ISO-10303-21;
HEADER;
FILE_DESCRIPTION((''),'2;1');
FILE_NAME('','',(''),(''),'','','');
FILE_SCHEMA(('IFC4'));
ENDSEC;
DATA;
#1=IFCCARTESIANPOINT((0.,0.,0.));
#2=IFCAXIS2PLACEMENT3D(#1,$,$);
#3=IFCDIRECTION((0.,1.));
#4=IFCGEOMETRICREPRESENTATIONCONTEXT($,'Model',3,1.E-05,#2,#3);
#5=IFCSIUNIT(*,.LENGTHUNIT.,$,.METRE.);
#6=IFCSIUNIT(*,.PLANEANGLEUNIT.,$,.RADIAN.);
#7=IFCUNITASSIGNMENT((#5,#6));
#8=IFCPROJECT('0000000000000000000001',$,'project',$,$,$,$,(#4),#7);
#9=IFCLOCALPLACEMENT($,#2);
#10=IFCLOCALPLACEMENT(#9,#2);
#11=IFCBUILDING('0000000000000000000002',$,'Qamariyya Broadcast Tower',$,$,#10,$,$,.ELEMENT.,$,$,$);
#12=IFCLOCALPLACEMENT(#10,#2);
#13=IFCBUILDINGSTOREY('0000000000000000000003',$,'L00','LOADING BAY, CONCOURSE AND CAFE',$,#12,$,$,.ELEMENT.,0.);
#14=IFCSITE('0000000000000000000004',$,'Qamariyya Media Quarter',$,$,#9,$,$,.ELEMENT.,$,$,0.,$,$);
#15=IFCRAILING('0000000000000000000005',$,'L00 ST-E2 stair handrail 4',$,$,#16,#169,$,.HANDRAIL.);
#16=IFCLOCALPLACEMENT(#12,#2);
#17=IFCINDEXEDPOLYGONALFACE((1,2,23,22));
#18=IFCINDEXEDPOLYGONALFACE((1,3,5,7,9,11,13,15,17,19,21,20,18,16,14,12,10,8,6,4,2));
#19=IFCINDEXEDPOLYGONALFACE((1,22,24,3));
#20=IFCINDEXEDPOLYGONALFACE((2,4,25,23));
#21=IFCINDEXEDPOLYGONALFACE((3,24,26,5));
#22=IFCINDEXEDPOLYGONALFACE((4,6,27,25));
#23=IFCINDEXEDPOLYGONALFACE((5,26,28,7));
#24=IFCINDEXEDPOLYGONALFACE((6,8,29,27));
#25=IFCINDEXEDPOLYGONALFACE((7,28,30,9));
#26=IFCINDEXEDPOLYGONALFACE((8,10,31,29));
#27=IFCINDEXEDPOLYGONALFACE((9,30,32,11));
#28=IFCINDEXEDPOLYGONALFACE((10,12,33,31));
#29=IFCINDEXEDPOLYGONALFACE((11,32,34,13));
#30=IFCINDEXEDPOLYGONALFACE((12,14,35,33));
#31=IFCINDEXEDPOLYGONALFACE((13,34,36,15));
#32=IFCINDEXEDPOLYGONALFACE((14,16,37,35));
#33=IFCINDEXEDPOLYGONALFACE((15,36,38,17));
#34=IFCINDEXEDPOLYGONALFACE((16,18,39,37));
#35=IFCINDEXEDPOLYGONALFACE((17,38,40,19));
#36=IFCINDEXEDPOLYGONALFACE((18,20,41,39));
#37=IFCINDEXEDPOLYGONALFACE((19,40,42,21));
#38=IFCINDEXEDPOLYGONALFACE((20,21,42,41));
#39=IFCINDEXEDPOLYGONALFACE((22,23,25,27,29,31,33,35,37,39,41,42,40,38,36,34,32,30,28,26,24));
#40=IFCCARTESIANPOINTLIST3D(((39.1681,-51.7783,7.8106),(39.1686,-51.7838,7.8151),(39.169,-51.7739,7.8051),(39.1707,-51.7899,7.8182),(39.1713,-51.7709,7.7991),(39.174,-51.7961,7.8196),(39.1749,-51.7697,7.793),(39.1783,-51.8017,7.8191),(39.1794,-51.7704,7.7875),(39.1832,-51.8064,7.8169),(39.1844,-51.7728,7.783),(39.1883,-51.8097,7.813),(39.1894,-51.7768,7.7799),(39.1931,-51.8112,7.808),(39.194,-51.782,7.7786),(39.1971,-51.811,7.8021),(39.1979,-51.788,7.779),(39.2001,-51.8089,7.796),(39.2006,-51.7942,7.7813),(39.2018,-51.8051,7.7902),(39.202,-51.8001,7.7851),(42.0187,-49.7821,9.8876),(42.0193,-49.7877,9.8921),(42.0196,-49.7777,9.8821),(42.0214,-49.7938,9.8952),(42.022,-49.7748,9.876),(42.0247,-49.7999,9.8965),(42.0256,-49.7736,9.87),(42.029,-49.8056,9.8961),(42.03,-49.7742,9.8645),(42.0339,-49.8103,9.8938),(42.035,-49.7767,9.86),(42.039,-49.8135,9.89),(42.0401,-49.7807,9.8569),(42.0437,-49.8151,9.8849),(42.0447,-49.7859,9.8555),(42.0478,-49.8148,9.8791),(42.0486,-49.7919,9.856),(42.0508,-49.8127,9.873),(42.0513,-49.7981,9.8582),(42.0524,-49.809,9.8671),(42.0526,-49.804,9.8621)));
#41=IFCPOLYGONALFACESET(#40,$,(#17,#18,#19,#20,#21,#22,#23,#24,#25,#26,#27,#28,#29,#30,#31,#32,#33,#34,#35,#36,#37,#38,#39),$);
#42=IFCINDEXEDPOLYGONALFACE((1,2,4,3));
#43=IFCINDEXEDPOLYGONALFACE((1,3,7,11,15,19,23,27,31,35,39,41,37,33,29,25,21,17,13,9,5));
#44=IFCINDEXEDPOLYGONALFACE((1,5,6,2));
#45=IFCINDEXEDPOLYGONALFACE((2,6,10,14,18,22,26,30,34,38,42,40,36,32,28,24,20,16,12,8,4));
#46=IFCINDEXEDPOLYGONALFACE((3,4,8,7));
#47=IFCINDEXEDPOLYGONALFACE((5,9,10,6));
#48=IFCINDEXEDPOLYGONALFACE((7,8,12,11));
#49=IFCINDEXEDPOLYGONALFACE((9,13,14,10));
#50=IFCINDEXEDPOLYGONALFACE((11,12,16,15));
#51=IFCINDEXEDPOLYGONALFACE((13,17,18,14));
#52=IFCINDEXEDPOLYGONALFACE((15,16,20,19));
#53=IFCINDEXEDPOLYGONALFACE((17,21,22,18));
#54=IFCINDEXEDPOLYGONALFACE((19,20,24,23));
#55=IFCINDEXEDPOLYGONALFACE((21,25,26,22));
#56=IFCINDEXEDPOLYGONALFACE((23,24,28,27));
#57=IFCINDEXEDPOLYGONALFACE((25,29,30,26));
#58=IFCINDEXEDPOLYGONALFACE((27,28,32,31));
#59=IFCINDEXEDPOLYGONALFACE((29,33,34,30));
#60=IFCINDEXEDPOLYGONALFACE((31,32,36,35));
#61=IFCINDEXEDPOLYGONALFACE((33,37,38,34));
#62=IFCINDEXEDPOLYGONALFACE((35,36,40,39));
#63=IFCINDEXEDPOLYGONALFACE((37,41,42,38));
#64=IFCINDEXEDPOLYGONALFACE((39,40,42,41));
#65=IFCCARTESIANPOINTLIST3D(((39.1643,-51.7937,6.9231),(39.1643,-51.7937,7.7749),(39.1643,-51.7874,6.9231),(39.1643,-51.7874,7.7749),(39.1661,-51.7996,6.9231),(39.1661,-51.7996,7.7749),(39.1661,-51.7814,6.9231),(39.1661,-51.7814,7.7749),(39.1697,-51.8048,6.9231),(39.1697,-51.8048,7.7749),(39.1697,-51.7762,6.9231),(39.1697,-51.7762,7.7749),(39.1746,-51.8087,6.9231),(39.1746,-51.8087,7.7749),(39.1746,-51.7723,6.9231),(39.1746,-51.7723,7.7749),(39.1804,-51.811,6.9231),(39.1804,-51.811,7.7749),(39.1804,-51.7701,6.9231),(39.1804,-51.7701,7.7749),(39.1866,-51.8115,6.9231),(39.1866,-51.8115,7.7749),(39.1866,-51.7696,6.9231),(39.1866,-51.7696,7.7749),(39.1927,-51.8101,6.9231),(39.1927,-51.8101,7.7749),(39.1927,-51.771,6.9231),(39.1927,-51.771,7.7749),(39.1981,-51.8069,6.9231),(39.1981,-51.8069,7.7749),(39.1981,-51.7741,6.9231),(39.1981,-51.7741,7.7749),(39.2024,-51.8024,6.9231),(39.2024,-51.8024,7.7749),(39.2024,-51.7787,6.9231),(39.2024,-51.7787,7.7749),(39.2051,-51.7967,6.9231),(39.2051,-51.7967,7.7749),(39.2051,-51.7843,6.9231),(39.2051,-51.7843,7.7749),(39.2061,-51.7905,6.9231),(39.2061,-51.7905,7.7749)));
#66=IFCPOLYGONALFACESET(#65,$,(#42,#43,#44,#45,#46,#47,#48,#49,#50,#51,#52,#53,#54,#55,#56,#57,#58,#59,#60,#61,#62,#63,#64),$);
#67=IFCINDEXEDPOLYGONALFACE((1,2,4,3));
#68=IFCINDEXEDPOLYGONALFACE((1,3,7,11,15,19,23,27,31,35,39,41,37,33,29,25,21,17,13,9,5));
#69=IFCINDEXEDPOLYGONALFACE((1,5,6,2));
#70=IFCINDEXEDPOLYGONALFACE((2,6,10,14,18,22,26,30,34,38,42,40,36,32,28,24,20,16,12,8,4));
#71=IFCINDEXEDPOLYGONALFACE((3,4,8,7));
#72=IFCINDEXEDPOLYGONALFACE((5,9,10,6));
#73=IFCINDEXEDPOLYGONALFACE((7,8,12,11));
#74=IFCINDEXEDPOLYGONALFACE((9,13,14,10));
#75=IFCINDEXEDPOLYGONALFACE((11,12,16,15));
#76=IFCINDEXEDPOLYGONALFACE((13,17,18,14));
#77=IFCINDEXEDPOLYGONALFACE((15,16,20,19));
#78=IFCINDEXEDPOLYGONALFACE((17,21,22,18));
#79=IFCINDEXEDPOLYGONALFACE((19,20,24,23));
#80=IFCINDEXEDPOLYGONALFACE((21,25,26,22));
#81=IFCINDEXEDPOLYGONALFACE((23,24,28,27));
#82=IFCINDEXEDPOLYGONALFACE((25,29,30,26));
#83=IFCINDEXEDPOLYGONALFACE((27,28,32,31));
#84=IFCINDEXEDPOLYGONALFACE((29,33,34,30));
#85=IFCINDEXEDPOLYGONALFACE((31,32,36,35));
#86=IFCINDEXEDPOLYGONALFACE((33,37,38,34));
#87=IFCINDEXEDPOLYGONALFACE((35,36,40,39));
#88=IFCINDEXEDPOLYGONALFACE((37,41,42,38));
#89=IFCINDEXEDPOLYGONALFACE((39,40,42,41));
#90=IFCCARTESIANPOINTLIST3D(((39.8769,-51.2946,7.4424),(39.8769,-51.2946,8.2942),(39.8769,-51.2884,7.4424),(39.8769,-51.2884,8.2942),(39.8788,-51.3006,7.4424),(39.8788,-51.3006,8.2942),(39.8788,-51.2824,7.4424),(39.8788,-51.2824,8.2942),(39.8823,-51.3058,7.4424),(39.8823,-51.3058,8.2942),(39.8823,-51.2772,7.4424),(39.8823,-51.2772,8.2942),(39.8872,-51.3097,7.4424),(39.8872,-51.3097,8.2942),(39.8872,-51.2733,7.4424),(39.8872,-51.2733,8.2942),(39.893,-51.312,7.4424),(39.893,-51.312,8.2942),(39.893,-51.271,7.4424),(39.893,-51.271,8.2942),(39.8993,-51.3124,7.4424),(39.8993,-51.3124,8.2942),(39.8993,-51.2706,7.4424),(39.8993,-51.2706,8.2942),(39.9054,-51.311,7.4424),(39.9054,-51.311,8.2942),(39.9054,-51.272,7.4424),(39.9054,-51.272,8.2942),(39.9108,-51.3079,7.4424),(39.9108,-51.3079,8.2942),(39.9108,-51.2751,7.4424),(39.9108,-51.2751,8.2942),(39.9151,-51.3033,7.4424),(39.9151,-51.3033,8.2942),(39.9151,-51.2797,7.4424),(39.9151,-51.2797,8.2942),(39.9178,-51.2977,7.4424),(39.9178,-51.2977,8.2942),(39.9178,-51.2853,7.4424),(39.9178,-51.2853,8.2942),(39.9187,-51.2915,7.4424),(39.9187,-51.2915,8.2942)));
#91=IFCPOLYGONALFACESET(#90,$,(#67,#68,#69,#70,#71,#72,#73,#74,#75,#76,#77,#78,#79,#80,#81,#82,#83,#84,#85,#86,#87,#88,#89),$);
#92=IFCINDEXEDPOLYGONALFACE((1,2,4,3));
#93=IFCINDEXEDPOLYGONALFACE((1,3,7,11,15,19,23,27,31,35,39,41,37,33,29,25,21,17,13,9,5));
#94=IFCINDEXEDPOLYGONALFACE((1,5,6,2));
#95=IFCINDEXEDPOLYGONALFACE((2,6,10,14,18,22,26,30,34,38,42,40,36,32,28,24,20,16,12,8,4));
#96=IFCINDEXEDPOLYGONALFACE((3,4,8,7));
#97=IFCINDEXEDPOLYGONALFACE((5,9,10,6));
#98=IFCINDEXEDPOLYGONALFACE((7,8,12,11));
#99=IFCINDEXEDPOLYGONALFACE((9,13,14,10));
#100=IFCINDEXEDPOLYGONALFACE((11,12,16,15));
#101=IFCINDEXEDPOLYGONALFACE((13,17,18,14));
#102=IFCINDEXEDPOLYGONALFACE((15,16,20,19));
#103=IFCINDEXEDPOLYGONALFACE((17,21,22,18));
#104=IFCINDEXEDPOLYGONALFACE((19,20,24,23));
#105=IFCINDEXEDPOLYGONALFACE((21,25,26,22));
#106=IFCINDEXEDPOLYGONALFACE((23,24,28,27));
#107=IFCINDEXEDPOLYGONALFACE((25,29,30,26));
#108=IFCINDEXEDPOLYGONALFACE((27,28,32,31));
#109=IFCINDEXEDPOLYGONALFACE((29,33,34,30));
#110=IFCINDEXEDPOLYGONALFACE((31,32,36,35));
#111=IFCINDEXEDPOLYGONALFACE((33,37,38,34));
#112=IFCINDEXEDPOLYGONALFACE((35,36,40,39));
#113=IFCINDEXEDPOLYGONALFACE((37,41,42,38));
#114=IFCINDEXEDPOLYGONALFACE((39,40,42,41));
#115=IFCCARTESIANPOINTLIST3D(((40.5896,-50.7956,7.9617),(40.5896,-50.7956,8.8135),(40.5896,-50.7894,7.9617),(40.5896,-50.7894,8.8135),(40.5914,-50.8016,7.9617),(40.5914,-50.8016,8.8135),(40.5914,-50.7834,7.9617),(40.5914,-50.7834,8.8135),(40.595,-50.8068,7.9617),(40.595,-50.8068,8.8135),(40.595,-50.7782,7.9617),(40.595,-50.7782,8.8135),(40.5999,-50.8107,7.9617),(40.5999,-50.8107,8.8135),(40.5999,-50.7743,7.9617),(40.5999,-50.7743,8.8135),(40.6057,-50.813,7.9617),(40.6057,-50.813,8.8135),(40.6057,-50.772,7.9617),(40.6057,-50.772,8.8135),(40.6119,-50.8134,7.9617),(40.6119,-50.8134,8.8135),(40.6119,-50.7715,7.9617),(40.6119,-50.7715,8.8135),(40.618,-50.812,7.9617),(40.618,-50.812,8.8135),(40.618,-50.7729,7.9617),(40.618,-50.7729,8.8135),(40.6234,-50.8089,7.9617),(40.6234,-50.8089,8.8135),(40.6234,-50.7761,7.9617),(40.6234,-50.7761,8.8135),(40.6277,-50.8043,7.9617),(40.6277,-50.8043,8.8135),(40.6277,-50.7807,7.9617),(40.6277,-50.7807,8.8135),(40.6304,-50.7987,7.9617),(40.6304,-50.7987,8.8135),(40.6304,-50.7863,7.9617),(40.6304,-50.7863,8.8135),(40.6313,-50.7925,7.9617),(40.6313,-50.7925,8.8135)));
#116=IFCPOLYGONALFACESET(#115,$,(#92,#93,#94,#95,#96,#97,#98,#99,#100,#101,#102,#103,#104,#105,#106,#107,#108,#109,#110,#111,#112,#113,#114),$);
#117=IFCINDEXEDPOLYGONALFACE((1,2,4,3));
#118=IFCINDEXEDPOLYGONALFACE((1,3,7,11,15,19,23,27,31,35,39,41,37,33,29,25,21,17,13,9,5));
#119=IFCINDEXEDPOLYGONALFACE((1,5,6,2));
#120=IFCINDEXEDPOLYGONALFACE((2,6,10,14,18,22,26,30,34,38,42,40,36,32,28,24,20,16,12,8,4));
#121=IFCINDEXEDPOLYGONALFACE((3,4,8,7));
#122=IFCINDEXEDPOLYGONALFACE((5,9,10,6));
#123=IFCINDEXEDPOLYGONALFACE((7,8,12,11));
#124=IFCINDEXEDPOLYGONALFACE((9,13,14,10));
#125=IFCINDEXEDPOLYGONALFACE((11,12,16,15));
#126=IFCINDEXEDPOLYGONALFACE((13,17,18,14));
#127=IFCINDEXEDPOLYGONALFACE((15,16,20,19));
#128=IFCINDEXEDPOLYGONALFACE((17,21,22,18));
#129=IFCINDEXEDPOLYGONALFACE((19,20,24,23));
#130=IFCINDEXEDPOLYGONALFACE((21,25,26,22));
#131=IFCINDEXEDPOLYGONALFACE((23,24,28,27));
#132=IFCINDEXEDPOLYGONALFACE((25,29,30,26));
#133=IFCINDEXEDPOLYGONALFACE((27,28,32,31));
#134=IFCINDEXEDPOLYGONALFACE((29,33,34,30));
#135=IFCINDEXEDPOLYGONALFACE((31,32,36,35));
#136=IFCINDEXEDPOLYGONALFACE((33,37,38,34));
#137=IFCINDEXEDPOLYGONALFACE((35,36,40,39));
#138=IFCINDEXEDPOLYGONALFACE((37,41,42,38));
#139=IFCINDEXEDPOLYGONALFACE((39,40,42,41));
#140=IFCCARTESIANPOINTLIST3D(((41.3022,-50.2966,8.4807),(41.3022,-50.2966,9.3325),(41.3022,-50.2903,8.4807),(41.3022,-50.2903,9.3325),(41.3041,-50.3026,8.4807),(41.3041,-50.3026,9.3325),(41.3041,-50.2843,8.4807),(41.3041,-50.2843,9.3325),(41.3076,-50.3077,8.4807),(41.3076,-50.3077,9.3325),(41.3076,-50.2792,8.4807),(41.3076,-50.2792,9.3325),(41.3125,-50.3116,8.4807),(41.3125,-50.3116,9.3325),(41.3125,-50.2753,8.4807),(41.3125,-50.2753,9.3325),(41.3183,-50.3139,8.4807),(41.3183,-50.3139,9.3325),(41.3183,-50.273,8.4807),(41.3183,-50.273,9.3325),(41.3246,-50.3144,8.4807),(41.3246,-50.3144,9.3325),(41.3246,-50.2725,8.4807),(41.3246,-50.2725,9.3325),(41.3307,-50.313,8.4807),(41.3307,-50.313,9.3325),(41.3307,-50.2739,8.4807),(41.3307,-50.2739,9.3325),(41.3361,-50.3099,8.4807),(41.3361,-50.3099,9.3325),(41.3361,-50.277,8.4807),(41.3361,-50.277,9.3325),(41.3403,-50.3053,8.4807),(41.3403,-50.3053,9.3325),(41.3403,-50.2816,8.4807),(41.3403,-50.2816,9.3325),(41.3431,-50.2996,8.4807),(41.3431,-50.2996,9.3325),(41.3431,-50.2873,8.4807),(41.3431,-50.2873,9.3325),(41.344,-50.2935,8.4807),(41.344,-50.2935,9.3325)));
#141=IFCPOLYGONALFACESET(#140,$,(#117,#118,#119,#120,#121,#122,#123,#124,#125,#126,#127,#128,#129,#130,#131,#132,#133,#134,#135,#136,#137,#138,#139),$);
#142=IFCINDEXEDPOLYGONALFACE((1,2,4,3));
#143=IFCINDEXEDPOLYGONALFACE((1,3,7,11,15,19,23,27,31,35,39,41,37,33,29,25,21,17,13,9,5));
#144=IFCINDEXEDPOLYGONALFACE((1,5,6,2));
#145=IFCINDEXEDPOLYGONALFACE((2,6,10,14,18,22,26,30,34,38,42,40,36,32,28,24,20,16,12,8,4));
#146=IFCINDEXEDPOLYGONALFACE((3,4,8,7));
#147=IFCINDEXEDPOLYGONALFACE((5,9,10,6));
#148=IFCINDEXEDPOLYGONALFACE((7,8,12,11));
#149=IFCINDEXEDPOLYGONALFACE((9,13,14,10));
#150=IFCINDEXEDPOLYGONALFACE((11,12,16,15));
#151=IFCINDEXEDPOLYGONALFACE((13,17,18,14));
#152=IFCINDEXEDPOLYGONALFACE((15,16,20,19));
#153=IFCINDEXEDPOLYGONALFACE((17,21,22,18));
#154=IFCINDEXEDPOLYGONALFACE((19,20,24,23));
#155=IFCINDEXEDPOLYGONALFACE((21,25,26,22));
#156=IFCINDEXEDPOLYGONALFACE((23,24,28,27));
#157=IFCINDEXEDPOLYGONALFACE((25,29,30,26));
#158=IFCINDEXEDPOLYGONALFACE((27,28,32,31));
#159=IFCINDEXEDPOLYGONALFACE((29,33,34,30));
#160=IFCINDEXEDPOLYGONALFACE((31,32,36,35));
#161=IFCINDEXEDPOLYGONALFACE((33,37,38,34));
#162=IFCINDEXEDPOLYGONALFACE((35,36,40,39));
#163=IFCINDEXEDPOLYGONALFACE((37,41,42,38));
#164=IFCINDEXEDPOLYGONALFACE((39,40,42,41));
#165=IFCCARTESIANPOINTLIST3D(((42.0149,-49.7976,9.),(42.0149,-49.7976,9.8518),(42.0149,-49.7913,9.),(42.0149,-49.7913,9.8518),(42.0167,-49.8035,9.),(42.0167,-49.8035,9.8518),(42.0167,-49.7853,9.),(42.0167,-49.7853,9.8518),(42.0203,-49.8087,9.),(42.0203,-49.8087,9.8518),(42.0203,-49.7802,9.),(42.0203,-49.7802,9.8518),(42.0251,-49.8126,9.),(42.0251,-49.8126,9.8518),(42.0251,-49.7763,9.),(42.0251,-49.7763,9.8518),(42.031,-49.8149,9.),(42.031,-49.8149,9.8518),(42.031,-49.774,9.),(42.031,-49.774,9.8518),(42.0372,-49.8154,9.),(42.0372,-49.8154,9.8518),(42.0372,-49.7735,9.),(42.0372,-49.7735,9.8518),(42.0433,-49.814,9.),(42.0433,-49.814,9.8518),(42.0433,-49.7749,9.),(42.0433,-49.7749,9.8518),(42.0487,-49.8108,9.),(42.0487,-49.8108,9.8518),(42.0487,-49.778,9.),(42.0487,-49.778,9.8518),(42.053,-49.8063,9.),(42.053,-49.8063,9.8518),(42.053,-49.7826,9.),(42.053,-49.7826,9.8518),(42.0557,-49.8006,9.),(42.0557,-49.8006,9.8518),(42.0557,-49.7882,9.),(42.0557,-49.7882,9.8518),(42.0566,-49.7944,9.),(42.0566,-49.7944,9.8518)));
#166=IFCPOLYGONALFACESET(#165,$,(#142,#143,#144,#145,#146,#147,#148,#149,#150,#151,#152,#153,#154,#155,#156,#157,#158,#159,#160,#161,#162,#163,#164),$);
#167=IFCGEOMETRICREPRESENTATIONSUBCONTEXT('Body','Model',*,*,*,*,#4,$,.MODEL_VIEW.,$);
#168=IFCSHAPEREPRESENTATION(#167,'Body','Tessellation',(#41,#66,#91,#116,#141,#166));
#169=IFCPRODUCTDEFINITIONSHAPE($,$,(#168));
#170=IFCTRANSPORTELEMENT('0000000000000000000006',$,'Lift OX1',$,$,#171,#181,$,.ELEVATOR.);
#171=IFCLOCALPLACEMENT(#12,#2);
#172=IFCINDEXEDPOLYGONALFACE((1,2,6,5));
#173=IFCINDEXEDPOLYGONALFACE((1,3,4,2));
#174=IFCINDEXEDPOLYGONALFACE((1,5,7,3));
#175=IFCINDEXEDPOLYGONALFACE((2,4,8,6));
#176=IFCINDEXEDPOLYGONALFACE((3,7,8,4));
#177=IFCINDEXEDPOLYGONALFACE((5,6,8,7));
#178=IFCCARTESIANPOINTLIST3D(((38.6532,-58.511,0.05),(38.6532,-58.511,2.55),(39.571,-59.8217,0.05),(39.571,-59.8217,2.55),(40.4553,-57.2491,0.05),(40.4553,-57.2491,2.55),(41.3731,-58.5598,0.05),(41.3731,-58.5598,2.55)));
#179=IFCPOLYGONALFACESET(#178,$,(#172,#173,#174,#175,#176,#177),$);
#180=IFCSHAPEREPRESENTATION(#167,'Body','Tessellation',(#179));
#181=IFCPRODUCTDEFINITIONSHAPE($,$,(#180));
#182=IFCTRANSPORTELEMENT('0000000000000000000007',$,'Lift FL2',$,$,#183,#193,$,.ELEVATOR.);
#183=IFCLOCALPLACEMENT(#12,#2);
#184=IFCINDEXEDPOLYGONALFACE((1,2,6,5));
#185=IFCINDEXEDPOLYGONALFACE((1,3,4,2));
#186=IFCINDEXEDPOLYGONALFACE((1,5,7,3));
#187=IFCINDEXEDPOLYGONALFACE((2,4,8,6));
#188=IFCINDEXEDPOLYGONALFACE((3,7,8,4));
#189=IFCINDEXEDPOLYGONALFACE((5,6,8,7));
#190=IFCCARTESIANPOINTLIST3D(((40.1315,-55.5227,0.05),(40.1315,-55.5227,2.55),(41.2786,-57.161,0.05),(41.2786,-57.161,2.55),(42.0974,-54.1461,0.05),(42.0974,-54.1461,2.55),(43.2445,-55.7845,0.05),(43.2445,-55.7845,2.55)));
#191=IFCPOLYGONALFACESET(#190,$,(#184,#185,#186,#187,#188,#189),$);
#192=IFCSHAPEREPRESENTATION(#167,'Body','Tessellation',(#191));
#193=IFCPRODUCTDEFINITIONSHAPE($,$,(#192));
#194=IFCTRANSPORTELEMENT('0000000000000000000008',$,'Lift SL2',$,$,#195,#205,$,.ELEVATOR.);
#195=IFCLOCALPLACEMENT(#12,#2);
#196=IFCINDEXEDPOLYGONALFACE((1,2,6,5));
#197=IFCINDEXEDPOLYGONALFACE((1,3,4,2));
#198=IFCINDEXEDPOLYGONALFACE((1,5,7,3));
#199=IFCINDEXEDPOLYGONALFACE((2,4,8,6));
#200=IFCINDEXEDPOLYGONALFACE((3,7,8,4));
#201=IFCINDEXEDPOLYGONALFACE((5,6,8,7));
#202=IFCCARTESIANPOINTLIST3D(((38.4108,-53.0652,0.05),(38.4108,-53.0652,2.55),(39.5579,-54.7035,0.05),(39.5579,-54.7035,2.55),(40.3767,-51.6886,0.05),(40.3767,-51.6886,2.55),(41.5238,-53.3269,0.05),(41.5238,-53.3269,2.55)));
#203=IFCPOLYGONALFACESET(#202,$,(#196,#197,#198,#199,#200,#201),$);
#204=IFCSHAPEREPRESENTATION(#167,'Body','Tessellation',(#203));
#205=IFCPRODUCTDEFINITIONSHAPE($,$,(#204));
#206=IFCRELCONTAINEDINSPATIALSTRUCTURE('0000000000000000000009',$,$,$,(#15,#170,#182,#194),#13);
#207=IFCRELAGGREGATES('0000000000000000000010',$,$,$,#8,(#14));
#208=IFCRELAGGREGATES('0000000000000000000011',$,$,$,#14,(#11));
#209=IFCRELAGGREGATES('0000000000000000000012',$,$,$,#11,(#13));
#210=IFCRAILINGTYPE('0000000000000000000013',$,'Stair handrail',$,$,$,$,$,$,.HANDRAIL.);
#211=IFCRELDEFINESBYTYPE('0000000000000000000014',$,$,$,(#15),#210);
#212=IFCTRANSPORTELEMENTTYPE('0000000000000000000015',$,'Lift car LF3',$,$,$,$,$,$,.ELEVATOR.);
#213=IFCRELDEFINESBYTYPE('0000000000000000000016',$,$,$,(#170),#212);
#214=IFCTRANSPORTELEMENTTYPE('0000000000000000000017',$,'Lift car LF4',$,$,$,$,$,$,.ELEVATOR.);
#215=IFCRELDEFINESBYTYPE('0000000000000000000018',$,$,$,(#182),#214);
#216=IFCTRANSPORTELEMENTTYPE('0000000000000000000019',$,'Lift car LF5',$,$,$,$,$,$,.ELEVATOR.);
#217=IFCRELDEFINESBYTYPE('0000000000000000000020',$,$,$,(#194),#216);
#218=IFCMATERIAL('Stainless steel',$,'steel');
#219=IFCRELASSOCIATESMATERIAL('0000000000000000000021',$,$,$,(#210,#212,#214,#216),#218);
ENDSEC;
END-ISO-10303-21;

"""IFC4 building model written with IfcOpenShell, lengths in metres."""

from ifc_helpers import new_model, si_unit, direction, frame, origin, origin_2d, place, context, subcontext, project, spatial, rectangle, circle, extrude, material, type_object, element, save


model = new_model("IFC4")

# Units and contexts
model_context = context("Model", 3, precision=1e-05, world=origin(), true_north=direction((0.0, 1.0)))
body_context = subcontext(model_context, "Body", "Model", "MODEL_VIEW")
ifc_project = project(units=[si_unit("LENGTHUNIT", "METRE"), si_unit("PLANEANGLEUNIT", "RADIAN")], contexts=[model_context])

# Site, building, storey
site_placement = place(None, origin())
site = spatial("IfcSite", under=ifc_project, at=site_placement, Name="Qamariyya Media Quarter", CompositionType="ELEMENT", RefElevation=0.0)
building_placement = place(site_placement, origin())
building = spatial("IfcBuilding", under=site, at=building_placement, Name="Qamariyya Broadcast Tower", CompositionType="ELEMENT")
storey_placement = place(building_placement, origin())
storey = spatial("IfcBuildingStorey", under=building, at=storey_placement, Name="L00", Description="LOADING BAY, CONCOURSE AND CAFE", CompositionType="ELEMENT", Elevation=0.0)

# Railing
ifc_material_1 = material(Name="Stainless steel", Category="steel")
railing_type_1 = type_object("IfcRailingType", Name="Stair handrail", PredefinedType="HANDRAIL", material=ifc_material_1)
for number, where, name in (
    (1, (39.1851, -51.7905, 6.9231), "L00 ST-E2 stair handrail 4"),
):
    element("IfcRailing", number, at=place(storey_placement, frame(where)), inside=storey, type_object=railing_type_1, Name=name, PredefinedType="HANDRAIL", context=body_context, shape_type="SweptSolid", body=[
        extrude(circle(Radius=0.0239, at=origin_2d()), frame((0.0, 0.0, 0.876), z_axis=(0.703393, 0.492544, 0.512484), x_axis=(-0.573594, 0.81914, 0.0)), (0.0, 0.0, 1.0), 4.0527),
        extrude(circle(Radius=0.021, at=origin_2d()), origin(), (0.0, 0.0, 1.0), 0.8518),
        extrude(circle(Radius=0.021, at=origin_2d()), frame((0.7126, 0.499, 0.5193)), (0.0, 0.0, 1.0), 0.8518),
        extrude(circle(Radius=0.021, at=origin_2d()), frame((1.4253, 0.998, 1.0386)), (0.0, 0.0, 1.0), 0.8518),
        extrude(circle(Radius=0.021, at=origin_2d()), frame((2.1379, 1.4971, 1.5576)), (0.0, 0.0, 1.0), 0.8518),
        extrude(circle(Radius=0.021, at=origin_2d()), frame((2.8506, 1.9961, 2.0769)), (0.0, 0.0, 1.0), 0.8518),
    ])

# Transport elements
transport_element_type_1 = type_object("IfcTransportElementType", Name="Lift car LF3", PredefinedType="ELEVATOR", material=ifc_material_1)
transport_element_1_placement = place(storey_placement, frame((40.0132, -58.5354, 0.05), z_axis=(0.0, 0.0, 1.0), x_axis=(0.819152, 0.573576, 0.0)))
element("IfcTransportElement", 2, at=transport_element_1_placement, inside=storey, type_object=transport_element_type_1, Name="Lift OX1", PredefinedType="ELEVATOR", context=body_context, shape_type="SweptSolid", body=[
    extrude(rectangle(XDim=2.2, YDim=1.6001, at=origin_2d()), origin(), (0.0, 0.0, 1.0), 2.5),
])
transport_element_type_2 = type_object("IfcTransportElementType", Name="Lift car LF4", PredefinedType="ELEVATOR", material=ifc_material_1)
transport_element_2_placement = place(storey_placement, frame((41.688, -55.6536, 0.05), z_axis=(0.0, 0.0, 1.0), x_axis=(0.819152, 0.573576, 0.0)))
element("IfcTransportElement", 3, at=transport_element_2_placement, inside=storey, type_object=transport_element_type_2, Name="Lift FL2", PredefinedType="ELEVATOR", context=body_context, shape_type="SweptSolid", body=[
    extrude(rectangle(XDim=2.3999, YDim=2.0, at=origin_2d()), origin(), (0.0, 0.0, 1.0), 2.5),
])
transport_element_type_3 = type_object("IfcTransportElementType", Name="Lift car LF5", PredefinedType="ELEVATOR", material=ifc_material_1)
transport_element_3_placement = place(storey_placement, frame((39.9673, -53.196, 0.05), z_axis=(0.0, 0.0, 1.0), x_axis=(0.819152, 0.573576, 0.0)))
element("IfcTransportElement", 4, at=transport_element_3_placement, inside=storey, type_object=transport_element_type_3, Name="Lift SL2", PredefinedType="ELEVATOR", context=body_context, shape_type="SweptSolid", body=[
    extrude(rectangle(XDim=2.3999, YDim=2.0, at=origin_2d()), origin(), (0.0, 0.0, 1.0), 2.5),
])

save(model, "model.ifc")
